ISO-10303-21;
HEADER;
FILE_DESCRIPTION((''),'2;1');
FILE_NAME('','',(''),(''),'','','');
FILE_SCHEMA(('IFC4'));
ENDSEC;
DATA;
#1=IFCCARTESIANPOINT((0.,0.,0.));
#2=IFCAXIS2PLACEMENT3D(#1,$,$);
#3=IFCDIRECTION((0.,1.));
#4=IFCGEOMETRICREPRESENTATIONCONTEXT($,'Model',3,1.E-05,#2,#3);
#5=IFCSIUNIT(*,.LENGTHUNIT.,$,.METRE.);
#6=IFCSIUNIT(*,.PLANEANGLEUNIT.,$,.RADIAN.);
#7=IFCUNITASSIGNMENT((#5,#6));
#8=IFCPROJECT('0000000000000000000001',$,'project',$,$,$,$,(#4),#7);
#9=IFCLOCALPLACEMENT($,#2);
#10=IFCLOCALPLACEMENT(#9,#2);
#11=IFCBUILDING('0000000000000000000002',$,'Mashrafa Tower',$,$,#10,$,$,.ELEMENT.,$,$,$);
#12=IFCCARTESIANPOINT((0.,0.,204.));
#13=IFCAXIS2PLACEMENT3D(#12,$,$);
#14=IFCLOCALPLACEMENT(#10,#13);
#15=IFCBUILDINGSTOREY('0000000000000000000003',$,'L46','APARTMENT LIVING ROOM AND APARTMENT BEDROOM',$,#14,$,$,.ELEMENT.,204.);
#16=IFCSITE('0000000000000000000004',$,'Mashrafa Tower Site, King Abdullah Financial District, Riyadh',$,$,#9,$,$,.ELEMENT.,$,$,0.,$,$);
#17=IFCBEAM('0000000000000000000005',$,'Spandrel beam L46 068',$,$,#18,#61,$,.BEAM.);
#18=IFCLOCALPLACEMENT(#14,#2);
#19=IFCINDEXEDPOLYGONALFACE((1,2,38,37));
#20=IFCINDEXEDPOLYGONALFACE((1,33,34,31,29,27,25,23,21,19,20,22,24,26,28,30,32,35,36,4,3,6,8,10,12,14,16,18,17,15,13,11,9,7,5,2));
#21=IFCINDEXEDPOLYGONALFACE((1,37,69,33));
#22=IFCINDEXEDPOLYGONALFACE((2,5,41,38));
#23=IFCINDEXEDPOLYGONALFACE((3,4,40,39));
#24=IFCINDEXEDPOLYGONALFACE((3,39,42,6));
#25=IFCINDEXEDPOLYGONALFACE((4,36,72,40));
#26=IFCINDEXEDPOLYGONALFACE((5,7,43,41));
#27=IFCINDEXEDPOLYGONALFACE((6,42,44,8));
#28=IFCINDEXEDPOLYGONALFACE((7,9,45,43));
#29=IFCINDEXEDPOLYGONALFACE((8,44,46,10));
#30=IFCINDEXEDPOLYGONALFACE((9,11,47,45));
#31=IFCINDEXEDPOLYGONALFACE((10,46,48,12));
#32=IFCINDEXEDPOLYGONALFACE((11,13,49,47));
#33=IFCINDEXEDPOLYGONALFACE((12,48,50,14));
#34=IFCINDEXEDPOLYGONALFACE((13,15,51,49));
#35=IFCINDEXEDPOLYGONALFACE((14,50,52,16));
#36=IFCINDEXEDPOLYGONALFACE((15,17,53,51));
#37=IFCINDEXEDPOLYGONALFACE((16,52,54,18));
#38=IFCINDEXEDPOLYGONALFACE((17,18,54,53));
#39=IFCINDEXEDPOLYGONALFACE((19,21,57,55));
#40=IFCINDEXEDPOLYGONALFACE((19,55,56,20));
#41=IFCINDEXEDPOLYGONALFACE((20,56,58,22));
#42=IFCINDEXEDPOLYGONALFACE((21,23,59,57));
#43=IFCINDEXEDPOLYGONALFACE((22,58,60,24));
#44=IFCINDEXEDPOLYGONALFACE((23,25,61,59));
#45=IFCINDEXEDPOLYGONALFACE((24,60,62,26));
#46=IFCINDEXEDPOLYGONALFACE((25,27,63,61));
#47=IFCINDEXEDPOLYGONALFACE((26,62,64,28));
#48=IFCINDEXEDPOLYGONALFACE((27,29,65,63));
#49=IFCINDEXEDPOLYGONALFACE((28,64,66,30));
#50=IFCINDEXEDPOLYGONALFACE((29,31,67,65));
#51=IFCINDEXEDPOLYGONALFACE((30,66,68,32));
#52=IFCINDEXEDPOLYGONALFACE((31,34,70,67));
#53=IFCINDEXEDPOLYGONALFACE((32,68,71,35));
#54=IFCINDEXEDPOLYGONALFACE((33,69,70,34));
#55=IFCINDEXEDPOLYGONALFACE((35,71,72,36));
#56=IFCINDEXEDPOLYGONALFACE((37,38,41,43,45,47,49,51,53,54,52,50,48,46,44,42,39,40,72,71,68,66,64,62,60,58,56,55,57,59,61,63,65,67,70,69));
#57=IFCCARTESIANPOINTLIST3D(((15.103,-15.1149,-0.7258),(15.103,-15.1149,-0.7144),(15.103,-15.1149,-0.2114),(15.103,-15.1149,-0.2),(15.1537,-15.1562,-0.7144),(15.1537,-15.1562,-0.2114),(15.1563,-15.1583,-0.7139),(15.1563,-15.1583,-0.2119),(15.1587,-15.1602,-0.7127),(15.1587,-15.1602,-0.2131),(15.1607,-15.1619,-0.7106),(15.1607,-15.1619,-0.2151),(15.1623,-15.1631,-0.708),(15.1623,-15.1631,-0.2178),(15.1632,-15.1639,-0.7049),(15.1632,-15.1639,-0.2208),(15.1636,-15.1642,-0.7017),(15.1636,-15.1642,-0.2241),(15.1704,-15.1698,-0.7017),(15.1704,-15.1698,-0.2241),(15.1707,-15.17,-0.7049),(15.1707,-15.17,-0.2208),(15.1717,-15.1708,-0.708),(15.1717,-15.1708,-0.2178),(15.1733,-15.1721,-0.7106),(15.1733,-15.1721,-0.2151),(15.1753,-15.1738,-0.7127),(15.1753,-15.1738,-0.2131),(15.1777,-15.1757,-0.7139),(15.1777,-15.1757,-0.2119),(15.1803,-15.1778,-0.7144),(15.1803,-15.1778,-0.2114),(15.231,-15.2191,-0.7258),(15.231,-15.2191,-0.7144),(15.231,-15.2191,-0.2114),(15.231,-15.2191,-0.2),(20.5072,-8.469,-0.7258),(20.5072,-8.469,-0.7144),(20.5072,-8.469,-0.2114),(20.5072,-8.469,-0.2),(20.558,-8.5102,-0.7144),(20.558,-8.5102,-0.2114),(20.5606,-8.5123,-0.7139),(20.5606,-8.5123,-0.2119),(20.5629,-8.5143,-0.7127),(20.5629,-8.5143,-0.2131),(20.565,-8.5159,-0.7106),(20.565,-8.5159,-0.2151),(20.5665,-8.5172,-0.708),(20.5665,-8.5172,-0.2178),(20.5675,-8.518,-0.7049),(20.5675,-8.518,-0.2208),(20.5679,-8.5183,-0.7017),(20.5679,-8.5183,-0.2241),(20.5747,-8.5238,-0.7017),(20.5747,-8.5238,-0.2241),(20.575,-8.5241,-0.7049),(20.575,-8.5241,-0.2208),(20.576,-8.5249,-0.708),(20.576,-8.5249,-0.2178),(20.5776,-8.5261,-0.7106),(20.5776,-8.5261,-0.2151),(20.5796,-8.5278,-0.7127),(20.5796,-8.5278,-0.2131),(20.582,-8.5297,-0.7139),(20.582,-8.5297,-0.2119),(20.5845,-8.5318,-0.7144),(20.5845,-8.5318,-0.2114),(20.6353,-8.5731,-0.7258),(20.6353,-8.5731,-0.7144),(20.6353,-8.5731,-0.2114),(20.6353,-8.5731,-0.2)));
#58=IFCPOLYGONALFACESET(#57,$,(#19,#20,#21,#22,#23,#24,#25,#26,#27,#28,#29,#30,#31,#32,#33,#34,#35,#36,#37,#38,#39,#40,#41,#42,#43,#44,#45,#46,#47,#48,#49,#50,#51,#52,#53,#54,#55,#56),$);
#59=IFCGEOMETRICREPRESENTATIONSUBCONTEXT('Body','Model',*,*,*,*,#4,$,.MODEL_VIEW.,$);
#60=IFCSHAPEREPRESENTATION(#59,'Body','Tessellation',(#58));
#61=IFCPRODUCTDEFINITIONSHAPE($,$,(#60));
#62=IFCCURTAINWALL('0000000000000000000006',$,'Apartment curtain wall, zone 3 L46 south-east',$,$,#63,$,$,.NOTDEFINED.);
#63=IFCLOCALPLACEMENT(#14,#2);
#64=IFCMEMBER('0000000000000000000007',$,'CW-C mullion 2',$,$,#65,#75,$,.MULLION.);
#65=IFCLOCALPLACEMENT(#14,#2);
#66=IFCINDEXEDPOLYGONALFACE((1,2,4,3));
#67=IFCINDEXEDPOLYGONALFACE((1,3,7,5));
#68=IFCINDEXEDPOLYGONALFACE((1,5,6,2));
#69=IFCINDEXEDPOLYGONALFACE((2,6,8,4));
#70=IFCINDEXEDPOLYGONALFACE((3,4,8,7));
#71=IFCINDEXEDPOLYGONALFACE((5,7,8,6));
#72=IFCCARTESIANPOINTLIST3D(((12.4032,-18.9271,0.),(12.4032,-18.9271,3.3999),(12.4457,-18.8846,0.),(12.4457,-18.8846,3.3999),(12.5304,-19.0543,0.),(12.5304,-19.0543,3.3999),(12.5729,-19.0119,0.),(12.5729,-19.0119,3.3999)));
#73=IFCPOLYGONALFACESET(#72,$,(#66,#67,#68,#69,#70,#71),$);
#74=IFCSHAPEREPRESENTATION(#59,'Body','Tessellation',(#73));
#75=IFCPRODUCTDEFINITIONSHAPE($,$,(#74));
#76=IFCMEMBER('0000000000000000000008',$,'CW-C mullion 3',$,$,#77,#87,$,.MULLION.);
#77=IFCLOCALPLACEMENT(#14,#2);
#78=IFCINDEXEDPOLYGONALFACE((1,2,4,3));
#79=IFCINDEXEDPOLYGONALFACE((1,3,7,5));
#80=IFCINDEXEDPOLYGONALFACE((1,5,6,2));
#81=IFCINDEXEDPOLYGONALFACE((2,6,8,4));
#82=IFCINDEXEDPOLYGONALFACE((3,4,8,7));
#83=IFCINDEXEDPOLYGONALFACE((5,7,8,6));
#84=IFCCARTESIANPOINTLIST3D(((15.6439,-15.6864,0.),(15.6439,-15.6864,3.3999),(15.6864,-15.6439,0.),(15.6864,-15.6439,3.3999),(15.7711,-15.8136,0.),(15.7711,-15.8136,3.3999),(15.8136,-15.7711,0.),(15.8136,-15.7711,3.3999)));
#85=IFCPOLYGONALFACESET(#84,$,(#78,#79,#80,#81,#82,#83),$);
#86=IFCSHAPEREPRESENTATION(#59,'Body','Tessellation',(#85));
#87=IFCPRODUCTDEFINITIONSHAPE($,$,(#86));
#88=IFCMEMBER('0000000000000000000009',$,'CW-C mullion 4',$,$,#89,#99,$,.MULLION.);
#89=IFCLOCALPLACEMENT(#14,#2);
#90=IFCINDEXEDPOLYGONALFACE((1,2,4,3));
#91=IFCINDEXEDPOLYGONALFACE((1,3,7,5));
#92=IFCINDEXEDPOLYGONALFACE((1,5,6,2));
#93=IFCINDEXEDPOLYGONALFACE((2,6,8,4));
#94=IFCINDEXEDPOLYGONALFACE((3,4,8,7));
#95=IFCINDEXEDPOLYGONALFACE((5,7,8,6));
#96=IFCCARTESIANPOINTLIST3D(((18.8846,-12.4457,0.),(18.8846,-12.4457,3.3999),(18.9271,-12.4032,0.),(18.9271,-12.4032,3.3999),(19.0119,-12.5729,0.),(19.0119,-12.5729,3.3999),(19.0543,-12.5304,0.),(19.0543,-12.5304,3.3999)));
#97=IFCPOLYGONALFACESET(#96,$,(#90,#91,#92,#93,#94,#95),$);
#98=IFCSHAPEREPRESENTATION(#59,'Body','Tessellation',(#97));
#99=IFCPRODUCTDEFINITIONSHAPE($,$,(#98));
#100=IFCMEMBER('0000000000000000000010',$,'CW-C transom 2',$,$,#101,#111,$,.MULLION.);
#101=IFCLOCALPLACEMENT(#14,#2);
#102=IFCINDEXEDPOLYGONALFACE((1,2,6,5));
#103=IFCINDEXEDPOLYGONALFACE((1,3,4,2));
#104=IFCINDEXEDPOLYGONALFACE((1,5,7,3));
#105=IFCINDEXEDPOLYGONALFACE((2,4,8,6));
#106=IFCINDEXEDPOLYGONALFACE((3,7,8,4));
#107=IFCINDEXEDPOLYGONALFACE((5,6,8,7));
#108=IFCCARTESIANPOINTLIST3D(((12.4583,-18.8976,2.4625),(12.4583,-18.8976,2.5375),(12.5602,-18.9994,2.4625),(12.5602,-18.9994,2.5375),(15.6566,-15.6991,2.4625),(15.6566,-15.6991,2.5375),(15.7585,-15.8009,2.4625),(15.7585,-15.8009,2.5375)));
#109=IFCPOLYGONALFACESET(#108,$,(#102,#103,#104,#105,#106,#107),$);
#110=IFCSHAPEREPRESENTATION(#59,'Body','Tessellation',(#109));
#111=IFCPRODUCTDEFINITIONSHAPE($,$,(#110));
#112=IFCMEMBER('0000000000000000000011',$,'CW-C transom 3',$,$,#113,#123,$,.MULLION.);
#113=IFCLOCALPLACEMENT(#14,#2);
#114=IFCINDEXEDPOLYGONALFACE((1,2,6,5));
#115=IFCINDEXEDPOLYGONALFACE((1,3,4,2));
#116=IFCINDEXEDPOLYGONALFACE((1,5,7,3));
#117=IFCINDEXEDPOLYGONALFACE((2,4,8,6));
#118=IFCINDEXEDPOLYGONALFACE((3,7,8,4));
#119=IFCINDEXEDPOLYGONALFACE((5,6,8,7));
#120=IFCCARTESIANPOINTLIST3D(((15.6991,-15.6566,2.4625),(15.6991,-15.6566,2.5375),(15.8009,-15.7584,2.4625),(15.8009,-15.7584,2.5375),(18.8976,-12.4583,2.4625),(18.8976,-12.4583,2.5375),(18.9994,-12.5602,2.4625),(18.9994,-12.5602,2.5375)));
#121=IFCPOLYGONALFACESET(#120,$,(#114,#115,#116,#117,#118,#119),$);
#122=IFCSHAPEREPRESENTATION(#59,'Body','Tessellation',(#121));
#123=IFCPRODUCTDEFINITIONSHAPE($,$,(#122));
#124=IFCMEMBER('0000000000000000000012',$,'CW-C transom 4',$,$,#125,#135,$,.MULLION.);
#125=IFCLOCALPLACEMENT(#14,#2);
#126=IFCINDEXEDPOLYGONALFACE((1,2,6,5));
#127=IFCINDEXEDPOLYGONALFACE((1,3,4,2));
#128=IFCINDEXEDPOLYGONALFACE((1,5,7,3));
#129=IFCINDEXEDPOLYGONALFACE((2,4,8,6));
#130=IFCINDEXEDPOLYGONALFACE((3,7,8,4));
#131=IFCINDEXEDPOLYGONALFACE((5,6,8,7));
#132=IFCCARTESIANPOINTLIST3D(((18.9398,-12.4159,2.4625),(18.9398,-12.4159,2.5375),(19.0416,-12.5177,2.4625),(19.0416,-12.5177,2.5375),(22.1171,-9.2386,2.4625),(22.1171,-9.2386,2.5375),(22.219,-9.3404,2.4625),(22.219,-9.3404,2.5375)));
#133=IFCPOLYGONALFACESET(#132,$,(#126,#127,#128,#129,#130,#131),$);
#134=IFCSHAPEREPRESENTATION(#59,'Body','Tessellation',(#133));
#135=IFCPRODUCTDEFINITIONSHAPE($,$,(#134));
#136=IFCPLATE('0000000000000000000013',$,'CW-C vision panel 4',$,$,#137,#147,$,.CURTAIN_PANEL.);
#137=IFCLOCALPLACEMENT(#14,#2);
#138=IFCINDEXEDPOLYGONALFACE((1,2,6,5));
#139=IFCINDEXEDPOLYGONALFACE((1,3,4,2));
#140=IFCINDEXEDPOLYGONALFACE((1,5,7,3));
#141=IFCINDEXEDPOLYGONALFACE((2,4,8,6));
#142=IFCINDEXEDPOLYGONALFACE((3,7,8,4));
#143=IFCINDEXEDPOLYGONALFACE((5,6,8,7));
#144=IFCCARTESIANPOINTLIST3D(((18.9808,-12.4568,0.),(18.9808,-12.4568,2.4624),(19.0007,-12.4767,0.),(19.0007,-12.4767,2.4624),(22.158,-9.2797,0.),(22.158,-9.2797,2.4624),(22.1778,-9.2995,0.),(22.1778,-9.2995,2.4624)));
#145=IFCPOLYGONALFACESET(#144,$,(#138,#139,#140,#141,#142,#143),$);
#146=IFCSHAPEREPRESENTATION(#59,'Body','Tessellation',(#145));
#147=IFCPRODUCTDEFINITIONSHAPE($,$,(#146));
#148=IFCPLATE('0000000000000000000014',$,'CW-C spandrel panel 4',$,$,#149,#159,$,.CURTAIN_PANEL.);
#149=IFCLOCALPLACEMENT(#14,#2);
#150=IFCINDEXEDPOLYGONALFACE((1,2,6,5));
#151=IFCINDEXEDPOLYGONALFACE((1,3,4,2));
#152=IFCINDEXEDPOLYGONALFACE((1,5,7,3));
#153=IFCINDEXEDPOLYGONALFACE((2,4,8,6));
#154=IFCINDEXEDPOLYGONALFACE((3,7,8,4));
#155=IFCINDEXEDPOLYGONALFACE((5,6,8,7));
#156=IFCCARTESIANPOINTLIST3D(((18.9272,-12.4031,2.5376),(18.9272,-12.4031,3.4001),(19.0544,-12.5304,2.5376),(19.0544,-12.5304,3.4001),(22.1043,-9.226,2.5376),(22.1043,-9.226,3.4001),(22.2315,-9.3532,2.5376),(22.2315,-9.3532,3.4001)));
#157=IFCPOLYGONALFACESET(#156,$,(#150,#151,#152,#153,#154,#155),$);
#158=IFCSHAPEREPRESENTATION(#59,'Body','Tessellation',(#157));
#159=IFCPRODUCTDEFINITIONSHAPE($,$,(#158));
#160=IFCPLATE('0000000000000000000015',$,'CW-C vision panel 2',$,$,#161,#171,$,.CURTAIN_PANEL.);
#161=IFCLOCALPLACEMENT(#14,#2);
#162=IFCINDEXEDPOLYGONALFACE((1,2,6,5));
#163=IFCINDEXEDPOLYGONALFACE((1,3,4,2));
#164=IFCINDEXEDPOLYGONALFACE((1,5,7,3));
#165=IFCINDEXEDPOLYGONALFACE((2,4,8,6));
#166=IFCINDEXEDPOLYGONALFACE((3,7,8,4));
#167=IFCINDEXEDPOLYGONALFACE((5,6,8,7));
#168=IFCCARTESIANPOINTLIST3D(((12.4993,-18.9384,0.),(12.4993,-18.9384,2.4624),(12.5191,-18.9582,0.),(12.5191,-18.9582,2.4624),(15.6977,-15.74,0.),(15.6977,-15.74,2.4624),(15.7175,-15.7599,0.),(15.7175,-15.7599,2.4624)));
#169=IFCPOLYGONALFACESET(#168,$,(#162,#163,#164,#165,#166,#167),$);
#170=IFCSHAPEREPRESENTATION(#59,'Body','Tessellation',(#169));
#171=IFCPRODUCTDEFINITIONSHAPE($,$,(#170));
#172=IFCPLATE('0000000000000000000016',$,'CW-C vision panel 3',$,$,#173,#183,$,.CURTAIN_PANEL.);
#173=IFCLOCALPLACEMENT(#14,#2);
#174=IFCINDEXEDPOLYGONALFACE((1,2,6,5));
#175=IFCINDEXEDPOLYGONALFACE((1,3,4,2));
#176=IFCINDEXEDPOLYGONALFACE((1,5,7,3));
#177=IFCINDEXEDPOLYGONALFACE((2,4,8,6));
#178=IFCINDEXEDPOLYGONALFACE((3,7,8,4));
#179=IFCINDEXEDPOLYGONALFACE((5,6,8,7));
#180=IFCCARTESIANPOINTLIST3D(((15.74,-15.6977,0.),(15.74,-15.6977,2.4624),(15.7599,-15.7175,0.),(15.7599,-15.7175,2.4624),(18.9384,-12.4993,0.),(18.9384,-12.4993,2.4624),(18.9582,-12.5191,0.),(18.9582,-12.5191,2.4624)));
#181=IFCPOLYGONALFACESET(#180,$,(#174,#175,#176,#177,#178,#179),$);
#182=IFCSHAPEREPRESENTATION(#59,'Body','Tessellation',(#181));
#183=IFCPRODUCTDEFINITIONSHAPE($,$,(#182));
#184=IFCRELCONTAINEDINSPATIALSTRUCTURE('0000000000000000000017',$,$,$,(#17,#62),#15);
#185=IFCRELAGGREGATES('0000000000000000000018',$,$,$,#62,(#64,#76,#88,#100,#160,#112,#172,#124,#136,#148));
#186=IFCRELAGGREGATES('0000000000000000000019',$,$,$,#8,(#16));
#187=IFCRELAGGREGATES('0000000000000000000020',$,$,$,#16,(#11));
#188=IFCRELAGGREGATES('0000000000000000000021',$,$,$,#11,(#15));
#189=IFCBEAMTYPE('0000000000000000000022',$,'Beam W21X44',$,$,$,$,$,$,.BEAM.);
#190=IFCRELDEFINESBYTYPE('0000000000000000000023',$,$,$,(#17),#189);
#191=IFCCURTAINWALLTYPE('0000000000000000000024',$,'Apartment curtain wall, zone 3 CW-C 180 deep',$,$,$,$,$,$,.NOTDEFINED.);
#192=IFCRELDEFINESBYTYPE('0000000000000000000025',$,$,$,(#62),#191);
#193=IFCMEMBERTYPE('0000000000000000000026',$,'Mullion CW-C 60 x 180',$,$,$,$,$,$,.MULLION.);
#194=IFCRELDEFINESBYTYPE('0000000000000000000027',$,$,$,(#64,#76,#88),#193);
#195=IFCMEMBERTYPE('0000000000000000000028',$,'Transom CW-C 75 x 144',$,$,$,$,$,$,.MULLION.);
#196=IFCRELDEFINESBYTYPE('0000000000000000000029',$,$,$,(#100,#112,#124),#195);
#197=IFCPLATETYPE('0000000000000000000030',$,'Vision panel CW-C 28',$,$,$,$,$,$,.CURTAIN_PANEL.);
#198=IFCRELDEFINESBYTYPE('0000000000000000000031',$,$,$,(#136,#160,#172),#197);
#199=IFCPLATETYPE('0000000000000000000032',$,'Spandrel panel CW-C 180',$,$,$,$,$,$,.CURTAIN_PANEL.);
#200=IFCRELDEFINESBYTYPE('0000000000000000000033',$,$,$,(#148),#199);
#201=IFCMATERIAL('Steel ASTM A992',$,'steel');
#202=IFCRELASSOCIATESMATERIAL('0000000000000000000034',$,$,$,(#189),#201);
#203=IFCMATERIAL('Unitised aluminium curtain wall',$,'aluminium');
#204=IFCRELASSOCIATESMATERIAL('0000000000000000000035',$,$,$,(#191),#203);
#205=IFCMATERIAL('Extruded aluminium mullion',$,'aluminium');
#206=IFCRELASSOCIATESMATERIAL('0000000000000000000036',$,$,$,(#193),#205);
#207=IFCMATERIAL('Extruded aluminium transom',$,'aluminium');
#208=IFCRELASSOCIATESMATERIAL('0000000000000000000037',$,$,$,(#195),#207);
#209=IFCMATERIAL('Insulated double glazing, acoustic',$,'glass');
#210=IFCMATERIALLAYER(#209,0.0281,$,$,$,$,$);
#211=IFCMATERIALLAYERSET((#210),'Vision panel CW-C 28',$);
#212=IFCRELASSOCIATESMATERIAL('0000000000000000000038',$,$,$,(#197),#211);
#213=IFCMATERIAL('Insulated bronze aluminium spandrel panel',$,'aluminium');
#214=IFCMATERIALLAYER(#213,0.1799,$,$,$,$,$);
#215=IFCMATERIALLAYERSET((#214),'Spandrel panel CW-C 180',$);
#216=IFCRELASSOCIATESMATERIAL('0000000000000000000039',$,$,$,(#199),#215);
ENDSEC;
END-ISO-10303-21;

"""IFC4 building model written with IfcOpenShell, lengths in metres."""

from ifc_helpers import new_model, si_unit, direction, frame, origin, origin_2d, place, context, subcontext, project, spatial, rectangle, i_section, extrude, source, transform, mapped, material, layer, layer_set, material_profile, profile_set, type_object, type_shapes, element, aggregate, save


model = new_model("IFC4")

# Units and contexts
model_context = context("Model", 3, precision=1e-05, world=origin(), true_north=direction((0.0, 1.0)))
body_context = subcontext(model_context, "Body", "Model", "MODEL_VIEW")
ifc_project = project(units=[si_unit("LENGTHUNIT", "METRE"), si_unit("PLANEANGLEUNIT", "RADIAN")], contexts=[model_context])

# Site, building, storey
site_placement = place(None, origin())
site = spatial("IfcSite", under=ifc_project, at=site_placement, Name="Mashrafa Tower Site, King Abdullah Financial District, Riyadh", CompositionType="ELEMENT", RefElevation=0.0)
building_placement = place(site_placement, origin())
building = spatial("IfcBuilding", under=site, at=building_placement, Name="Mashrafa Tower", CompositionType="ELEMENT")
storey_placement = place(building_placement, frame((0.0, 0.0, 204.0)))
storey = spatial("IfcBuildingStorey", under=building, at=storey_placement, Name="L46", Description="APARTMENT LIVING ROOM AND APARTMENT BEDROOM", CompositionType="ELEMENT", Elevation=204.0)

# Beam
ifc_material_1 = material(Name="Steel ASTM A992", Category="steel")
ifc_material_profile_1 = material_profile(ifc_material_1, i_section(OverallWidth=0.165, OverallDepth=0.5259, WebThickness=0.0088, FlangeThickness=0.0115, FilletRadius=0.0127, at=origin_2d()), Name="W21X44")
ifc_profile_set_1 = profile_set([ifc_material_profile_1], Name="Steel ASTM A992")
beam_type_1 = type_object("IfcBeamType", Name="Beam W21X44", PredefinedType="BEAM", material=ifc_profile_set_1)
beam_1_placement = place(storey_placement, frame((15.167, -15.167, -0.4629), z_axis=(0.630904, 0.775861, 0.0), x_axis=(-0.775861, 0.630904, 0.0)))
element("IfcBeam", 1, at=beam_1_placement, inside=storey, type_object=beam_type_1, Name="Spandrel beam L46 068", PredefinedType="BEAM", context=body_context, shape_type="SweptSolid", body=[
    extrude(i_section(OverallWidth=0.165, OverallDepth=0.5259, WebThickness=0.0088, FlangeThickness=0.0115, FilletRadius=0.0127, at=origin_2d()), origin(), (0.0, 0.0, 1.0), 8.5659),
])

# Curtain wall, members, plates
ifc_material_2 = material(Name="Unitised aluminium curtain wall", Category="aluminium")
curtain_wall_type = type_object("IfcCurtainWallType", Name="Apartment curtain wall, zone 3 CW-C 180 deep", PredefinedType="NOTDEFINED", material=ifc_material_2)
curtain_wall_placement = place(storey_placement, origin())
curtain_wall = element("IfcCurtainWall", 2, at=curtain_wall_placement, inside=storey, type_object=curtain_wall_type, Name="Apartment curtain wall, zone 3 L46 south-east", PredefinedType="NOTDEFINED")
ifc_material_3 = material(Name="Extruded aluminium mullion", Category="aluminium")
ifc_material_profile_2 = material_profile(ifc_material_3, rectangle(XDim=0.1799, YDim=0.0601, at=origin_2d()), Name="Mullion 60x180")
ifc_profile_set_2 = profile_set([ifc_material_profile_2], Name="Extruded aluminium mullion")
member_type_1 = type_object("IfcMemberType", Name="Mullion CW-C 60 x 180", PredefinedType="MULLION", material=ifc_profile_set_2)
shared_shape_1 = source(origin(), body_context, "Body", "SweptSolid", [
    extrude(rectangle(XDim=0.1799, YDim=0.0601, at=origin_2d()), origin(), (0.0, 0.0, 1.0), 3.3999),
])
type_shapes(member_type_1, [shared_shape_1])
member_1_placement = place(storey_placement, frame((12.488, -18.9695, 0.0), z_axis=(0.0, 0.0, 1.0), x_axis=(-0.707107, 0.707107, 0.0)))
member_1 = element("IfcMember", 3, at=member_1_placement, type_object=member_type_1, Name="CW-C mullion 2", PredefinedType="MULLION", context=body_context, shape_type="MappedRepresentation", body=[
    mapped(shared_shape_1, transform((0.0, 0.0, 0.0))),
])
member_2_placement = place(storey_placement, frame((15.7288, -15.7288, 0.0), z_axis=(0.0, 0.0, 1.0), x_axis=(-0.707107, 0.707107, 0.0)))
member_2 = element("IfcMember", 4, at=member_2_placement, type_object=member_type_1, Name="CW-C mullion 3", PredefinedType="MULLION", context=body_context, shape_type="MappedRepresentation", body=[
    mapped(shared_shape_1, transform((0.0, 0.0, 0.0))),
])
member_3_placement = place(storey_placement, frame((18.9695, -12.488, 0.0), z_axis=(0.0, 0.0, 1.0), x_axis=(-0.707107, 0.707107, 0.0)))
member_3 = element("IfcMember", 5, at=member_3_placement, type_object=member_type_1, Name="CW-C mullion 4", PredefinedType="MULLION", context=body_context, shape_type="MappedRepresentation", body=[
    mapped(shared_shape_1, transform((0.0, 0.0, 0.0))),
])
ifc_material_4 = material(Name="Extruded aluminium transom", Category="aluminium")
ifc_material_profile_3 = material_profile(ifc_material_4, rectangle(XDim=0.144, YDim=0.075, at=origin_2d()), Name="Transom 75x144")
ifc_profile_set_3 = profile_set([ifc_material_profile_3], Name="Extruded aluminium transom")
member_type_2 = type_object("IfcMemberType", Name="Transom CW-C 75 x 144", PredefinedType="MULLION", material=ifc_profile_set_3)
shared_shape_2 = source(origin(), body_context, "Body", "SweptSolid", [
    extrude(rectangle(XDim=0.144, YDim=0.075, at=origin_2d()), origin(), (0.0, 0.0, 1.0), 4.5232),
])
member_4_placement = place(storey_placement, frame((12.5093, -18.9485, 2.5), z_axis=(0.70708, 0.707134, 0.0), x_axis=(-0.707134, 0.70708, 0.0)))
member_4 = element("IfcMember", 6, at=member_4_placement, type_object=member_type_2, Name="CW-C transom 2", PredefinedType="MULLION", context=body_context, shape_type="MappedRepresentation", body=[
    mapped(shared_shape_2, transform((0.0, 0.0, 0.0))),
])
member_5_placement = place(storey_placement, frame((15.75, -15.7075, 2.5), z_axis=(0.707134, 0.70708, 0.0), x_axis=(-0.70708, 0.707134, 0.0)))
member_5 = element("IfcMember", 7, at=member_5_placement, type_object=member_type_2, Name="CW-C transom 3", PredefinedType="MULLION", context=body_context, shape_type="MappedRepresentation", body=[
    mapped(shared_shape_2, transform((0.0, 0.0, 0.0))),
])
shared_shape_3 = source(origin(), body_context, "Body", "SweptSolid", [
    extrude(rectangle(XDim=0.144, YDim=0.075, at=origin_2d()), origin(), (0.0, 0.0, 1.0), 4.4934),
])
type_shapes(member_type_2, [shared_shape_2, shared_shape_3])
member_6_placement = place(storey_placement, frame((18.9907, -12.4668, 2.5), z_axis=(0.707107, 0.707107, 0.0), x_axis=(-0.707107, 0.707107, 0.0)))
member_6 = element("IfcMember", 8, at=member_6_placement, type_object=member_type_2, Name="CW-C transom 4", PredefinedType="MULLION", context=body_context, shape_type="MappedRepresentation", body=[
    mapped(shared_shape_3, transform((0.0, 0.0, 0.0))),
])
ifc_material_5 = material(Name="Insulated double glazing, acoustic", Category="glass")
ifc_layer_1 = layer(ifc_material_5, 0.0281)
ifc_layer_set_1 = layer_set([ifc_layer_1], Name="Vision panel CW-C 28")
plate_type_1 = type_object("IfcPlateType", Name="Vision panel CW-C 28", PredefinedType="CURTAIN_PANEL", material=ifc_layer_set_1)
shared_shape_4 = source(origin(), body_context, "Body", "SweptSolid", [
    extrude(rectangle(XDim=4.4932, YDim=0.0281, at=origin_2d()), origin(), (0.0, 0.0, 1.0), 2.4624),
])
plate_1_placement = place(storey_placement, frame((20.5793, -10.8782, 0.0), z_axis=(0.0, 0.0, 1.0), x_axis=(0.707107, 0.707107, 0.0)))
plate_1 = element("IfcPlate", 9, at=plate_1_placement, type_object=plate_type_1, Name="CW-C vision panel 4", PredefinedType="CURTAIN_PANEL", context=body_context, shape_type="MappedRepresentation", body=[
    mapped(shared_shape_4, transform((0.0, 0.0, 0.0))),
])
ifc_material_6 = material(Name="Insulated bronze aluminium spandrel panel", Category="aluminium")
ifc_layer_2 = layer(ifc_material_6, 0.1799)
ifc_layer_set_2 = layer_set([ifc_layer_2], Name="Spandrel panel CW-C 180")
plate_type_2 = type_object("IfcPlateType", Name="Spandrel panel CW-C 180", PredefinedType="CURTAIN_PANEL", material=ifc_layer_set_2)
shared_shape_5 = source(origin(), body_context, "Body", "SweptSolid", [
    extrude(rectangle(XDim=4.4932, YDim=0.1799, at=origin_2d()), origin(), (0.0, 0.0, 1.0), 0.8625),
])
plate_2_placement = place(storey_placement, frame((20.5793, -10.8782, 2.5376), z_axis=(0.0, 0.0, 1.0), x_axis=(0.707107, 0.707107, 0.0)))
plate_2 = element("IfcPlate", 10, at=plate_2_placement, type_object=plate_type_2, Name="CW-C spandrel panel 4", PredefinedType="CURTAIN_PANEL", context=body_context, shape_type="MappedRepresentation", body=[
    mapped(shared_shape_5, transform((0.0, 0.0, 0.0))),
])
shared_shape_6 = source(origin(), body_context, "Body", "SweptSolid", [
    extrude(rectangle(XDim=4.5232, YDim=0.0281, at=origin_2d()), origin(), (0.0, 0.0, 1.0), 2.4624),
])
type_shapes(plate_type_1, [shared_shape_4, shared_shape_6])
plate_3_placement = place(storey_placement, frame((14.1084, -17.3491, 0.0), z_axis=(0.0, 0.0, 1.0), x_axis=(0.707107, 0.707107, 0.0)))
plate_3 = element("IfcPlate", 11, at=plate_3_placement, type_object=plate_type_1, Name="CW-C vision panel 2", PredefinedType="CURTAIN_PANEL", context=body_context, shape_type="MappedRepresentation", body=[
    mapped(shared_shape_6, transform((0.0, 0.0, 0.0))),
])
plate_4_placement = place(storey_placement, frame((17.3491, -14.1084, 0.0), z_axis=(0.0, 0.0, 1.0), x_axis=(0.707107, 0.707107, 0.0)))
plate_4 = element("IfcPlate", 12, at=plate_4_placement, type_object=plate_type_1, Name="CW-C vision panel 3", PredefinedType="CURTAIN_PANEL", context=body_context, shape_type="MappedRepresentation", body=[
    mapped(shared_shape_6, transform((0.0, 0.0, 0.0))),
])
aggregate(curtain_wall, [member_1, member_2, member_3, member_4, plate_3, member_5, plate_4, member_6, plate_1, plate_2])

save(model, "model.ifc")
